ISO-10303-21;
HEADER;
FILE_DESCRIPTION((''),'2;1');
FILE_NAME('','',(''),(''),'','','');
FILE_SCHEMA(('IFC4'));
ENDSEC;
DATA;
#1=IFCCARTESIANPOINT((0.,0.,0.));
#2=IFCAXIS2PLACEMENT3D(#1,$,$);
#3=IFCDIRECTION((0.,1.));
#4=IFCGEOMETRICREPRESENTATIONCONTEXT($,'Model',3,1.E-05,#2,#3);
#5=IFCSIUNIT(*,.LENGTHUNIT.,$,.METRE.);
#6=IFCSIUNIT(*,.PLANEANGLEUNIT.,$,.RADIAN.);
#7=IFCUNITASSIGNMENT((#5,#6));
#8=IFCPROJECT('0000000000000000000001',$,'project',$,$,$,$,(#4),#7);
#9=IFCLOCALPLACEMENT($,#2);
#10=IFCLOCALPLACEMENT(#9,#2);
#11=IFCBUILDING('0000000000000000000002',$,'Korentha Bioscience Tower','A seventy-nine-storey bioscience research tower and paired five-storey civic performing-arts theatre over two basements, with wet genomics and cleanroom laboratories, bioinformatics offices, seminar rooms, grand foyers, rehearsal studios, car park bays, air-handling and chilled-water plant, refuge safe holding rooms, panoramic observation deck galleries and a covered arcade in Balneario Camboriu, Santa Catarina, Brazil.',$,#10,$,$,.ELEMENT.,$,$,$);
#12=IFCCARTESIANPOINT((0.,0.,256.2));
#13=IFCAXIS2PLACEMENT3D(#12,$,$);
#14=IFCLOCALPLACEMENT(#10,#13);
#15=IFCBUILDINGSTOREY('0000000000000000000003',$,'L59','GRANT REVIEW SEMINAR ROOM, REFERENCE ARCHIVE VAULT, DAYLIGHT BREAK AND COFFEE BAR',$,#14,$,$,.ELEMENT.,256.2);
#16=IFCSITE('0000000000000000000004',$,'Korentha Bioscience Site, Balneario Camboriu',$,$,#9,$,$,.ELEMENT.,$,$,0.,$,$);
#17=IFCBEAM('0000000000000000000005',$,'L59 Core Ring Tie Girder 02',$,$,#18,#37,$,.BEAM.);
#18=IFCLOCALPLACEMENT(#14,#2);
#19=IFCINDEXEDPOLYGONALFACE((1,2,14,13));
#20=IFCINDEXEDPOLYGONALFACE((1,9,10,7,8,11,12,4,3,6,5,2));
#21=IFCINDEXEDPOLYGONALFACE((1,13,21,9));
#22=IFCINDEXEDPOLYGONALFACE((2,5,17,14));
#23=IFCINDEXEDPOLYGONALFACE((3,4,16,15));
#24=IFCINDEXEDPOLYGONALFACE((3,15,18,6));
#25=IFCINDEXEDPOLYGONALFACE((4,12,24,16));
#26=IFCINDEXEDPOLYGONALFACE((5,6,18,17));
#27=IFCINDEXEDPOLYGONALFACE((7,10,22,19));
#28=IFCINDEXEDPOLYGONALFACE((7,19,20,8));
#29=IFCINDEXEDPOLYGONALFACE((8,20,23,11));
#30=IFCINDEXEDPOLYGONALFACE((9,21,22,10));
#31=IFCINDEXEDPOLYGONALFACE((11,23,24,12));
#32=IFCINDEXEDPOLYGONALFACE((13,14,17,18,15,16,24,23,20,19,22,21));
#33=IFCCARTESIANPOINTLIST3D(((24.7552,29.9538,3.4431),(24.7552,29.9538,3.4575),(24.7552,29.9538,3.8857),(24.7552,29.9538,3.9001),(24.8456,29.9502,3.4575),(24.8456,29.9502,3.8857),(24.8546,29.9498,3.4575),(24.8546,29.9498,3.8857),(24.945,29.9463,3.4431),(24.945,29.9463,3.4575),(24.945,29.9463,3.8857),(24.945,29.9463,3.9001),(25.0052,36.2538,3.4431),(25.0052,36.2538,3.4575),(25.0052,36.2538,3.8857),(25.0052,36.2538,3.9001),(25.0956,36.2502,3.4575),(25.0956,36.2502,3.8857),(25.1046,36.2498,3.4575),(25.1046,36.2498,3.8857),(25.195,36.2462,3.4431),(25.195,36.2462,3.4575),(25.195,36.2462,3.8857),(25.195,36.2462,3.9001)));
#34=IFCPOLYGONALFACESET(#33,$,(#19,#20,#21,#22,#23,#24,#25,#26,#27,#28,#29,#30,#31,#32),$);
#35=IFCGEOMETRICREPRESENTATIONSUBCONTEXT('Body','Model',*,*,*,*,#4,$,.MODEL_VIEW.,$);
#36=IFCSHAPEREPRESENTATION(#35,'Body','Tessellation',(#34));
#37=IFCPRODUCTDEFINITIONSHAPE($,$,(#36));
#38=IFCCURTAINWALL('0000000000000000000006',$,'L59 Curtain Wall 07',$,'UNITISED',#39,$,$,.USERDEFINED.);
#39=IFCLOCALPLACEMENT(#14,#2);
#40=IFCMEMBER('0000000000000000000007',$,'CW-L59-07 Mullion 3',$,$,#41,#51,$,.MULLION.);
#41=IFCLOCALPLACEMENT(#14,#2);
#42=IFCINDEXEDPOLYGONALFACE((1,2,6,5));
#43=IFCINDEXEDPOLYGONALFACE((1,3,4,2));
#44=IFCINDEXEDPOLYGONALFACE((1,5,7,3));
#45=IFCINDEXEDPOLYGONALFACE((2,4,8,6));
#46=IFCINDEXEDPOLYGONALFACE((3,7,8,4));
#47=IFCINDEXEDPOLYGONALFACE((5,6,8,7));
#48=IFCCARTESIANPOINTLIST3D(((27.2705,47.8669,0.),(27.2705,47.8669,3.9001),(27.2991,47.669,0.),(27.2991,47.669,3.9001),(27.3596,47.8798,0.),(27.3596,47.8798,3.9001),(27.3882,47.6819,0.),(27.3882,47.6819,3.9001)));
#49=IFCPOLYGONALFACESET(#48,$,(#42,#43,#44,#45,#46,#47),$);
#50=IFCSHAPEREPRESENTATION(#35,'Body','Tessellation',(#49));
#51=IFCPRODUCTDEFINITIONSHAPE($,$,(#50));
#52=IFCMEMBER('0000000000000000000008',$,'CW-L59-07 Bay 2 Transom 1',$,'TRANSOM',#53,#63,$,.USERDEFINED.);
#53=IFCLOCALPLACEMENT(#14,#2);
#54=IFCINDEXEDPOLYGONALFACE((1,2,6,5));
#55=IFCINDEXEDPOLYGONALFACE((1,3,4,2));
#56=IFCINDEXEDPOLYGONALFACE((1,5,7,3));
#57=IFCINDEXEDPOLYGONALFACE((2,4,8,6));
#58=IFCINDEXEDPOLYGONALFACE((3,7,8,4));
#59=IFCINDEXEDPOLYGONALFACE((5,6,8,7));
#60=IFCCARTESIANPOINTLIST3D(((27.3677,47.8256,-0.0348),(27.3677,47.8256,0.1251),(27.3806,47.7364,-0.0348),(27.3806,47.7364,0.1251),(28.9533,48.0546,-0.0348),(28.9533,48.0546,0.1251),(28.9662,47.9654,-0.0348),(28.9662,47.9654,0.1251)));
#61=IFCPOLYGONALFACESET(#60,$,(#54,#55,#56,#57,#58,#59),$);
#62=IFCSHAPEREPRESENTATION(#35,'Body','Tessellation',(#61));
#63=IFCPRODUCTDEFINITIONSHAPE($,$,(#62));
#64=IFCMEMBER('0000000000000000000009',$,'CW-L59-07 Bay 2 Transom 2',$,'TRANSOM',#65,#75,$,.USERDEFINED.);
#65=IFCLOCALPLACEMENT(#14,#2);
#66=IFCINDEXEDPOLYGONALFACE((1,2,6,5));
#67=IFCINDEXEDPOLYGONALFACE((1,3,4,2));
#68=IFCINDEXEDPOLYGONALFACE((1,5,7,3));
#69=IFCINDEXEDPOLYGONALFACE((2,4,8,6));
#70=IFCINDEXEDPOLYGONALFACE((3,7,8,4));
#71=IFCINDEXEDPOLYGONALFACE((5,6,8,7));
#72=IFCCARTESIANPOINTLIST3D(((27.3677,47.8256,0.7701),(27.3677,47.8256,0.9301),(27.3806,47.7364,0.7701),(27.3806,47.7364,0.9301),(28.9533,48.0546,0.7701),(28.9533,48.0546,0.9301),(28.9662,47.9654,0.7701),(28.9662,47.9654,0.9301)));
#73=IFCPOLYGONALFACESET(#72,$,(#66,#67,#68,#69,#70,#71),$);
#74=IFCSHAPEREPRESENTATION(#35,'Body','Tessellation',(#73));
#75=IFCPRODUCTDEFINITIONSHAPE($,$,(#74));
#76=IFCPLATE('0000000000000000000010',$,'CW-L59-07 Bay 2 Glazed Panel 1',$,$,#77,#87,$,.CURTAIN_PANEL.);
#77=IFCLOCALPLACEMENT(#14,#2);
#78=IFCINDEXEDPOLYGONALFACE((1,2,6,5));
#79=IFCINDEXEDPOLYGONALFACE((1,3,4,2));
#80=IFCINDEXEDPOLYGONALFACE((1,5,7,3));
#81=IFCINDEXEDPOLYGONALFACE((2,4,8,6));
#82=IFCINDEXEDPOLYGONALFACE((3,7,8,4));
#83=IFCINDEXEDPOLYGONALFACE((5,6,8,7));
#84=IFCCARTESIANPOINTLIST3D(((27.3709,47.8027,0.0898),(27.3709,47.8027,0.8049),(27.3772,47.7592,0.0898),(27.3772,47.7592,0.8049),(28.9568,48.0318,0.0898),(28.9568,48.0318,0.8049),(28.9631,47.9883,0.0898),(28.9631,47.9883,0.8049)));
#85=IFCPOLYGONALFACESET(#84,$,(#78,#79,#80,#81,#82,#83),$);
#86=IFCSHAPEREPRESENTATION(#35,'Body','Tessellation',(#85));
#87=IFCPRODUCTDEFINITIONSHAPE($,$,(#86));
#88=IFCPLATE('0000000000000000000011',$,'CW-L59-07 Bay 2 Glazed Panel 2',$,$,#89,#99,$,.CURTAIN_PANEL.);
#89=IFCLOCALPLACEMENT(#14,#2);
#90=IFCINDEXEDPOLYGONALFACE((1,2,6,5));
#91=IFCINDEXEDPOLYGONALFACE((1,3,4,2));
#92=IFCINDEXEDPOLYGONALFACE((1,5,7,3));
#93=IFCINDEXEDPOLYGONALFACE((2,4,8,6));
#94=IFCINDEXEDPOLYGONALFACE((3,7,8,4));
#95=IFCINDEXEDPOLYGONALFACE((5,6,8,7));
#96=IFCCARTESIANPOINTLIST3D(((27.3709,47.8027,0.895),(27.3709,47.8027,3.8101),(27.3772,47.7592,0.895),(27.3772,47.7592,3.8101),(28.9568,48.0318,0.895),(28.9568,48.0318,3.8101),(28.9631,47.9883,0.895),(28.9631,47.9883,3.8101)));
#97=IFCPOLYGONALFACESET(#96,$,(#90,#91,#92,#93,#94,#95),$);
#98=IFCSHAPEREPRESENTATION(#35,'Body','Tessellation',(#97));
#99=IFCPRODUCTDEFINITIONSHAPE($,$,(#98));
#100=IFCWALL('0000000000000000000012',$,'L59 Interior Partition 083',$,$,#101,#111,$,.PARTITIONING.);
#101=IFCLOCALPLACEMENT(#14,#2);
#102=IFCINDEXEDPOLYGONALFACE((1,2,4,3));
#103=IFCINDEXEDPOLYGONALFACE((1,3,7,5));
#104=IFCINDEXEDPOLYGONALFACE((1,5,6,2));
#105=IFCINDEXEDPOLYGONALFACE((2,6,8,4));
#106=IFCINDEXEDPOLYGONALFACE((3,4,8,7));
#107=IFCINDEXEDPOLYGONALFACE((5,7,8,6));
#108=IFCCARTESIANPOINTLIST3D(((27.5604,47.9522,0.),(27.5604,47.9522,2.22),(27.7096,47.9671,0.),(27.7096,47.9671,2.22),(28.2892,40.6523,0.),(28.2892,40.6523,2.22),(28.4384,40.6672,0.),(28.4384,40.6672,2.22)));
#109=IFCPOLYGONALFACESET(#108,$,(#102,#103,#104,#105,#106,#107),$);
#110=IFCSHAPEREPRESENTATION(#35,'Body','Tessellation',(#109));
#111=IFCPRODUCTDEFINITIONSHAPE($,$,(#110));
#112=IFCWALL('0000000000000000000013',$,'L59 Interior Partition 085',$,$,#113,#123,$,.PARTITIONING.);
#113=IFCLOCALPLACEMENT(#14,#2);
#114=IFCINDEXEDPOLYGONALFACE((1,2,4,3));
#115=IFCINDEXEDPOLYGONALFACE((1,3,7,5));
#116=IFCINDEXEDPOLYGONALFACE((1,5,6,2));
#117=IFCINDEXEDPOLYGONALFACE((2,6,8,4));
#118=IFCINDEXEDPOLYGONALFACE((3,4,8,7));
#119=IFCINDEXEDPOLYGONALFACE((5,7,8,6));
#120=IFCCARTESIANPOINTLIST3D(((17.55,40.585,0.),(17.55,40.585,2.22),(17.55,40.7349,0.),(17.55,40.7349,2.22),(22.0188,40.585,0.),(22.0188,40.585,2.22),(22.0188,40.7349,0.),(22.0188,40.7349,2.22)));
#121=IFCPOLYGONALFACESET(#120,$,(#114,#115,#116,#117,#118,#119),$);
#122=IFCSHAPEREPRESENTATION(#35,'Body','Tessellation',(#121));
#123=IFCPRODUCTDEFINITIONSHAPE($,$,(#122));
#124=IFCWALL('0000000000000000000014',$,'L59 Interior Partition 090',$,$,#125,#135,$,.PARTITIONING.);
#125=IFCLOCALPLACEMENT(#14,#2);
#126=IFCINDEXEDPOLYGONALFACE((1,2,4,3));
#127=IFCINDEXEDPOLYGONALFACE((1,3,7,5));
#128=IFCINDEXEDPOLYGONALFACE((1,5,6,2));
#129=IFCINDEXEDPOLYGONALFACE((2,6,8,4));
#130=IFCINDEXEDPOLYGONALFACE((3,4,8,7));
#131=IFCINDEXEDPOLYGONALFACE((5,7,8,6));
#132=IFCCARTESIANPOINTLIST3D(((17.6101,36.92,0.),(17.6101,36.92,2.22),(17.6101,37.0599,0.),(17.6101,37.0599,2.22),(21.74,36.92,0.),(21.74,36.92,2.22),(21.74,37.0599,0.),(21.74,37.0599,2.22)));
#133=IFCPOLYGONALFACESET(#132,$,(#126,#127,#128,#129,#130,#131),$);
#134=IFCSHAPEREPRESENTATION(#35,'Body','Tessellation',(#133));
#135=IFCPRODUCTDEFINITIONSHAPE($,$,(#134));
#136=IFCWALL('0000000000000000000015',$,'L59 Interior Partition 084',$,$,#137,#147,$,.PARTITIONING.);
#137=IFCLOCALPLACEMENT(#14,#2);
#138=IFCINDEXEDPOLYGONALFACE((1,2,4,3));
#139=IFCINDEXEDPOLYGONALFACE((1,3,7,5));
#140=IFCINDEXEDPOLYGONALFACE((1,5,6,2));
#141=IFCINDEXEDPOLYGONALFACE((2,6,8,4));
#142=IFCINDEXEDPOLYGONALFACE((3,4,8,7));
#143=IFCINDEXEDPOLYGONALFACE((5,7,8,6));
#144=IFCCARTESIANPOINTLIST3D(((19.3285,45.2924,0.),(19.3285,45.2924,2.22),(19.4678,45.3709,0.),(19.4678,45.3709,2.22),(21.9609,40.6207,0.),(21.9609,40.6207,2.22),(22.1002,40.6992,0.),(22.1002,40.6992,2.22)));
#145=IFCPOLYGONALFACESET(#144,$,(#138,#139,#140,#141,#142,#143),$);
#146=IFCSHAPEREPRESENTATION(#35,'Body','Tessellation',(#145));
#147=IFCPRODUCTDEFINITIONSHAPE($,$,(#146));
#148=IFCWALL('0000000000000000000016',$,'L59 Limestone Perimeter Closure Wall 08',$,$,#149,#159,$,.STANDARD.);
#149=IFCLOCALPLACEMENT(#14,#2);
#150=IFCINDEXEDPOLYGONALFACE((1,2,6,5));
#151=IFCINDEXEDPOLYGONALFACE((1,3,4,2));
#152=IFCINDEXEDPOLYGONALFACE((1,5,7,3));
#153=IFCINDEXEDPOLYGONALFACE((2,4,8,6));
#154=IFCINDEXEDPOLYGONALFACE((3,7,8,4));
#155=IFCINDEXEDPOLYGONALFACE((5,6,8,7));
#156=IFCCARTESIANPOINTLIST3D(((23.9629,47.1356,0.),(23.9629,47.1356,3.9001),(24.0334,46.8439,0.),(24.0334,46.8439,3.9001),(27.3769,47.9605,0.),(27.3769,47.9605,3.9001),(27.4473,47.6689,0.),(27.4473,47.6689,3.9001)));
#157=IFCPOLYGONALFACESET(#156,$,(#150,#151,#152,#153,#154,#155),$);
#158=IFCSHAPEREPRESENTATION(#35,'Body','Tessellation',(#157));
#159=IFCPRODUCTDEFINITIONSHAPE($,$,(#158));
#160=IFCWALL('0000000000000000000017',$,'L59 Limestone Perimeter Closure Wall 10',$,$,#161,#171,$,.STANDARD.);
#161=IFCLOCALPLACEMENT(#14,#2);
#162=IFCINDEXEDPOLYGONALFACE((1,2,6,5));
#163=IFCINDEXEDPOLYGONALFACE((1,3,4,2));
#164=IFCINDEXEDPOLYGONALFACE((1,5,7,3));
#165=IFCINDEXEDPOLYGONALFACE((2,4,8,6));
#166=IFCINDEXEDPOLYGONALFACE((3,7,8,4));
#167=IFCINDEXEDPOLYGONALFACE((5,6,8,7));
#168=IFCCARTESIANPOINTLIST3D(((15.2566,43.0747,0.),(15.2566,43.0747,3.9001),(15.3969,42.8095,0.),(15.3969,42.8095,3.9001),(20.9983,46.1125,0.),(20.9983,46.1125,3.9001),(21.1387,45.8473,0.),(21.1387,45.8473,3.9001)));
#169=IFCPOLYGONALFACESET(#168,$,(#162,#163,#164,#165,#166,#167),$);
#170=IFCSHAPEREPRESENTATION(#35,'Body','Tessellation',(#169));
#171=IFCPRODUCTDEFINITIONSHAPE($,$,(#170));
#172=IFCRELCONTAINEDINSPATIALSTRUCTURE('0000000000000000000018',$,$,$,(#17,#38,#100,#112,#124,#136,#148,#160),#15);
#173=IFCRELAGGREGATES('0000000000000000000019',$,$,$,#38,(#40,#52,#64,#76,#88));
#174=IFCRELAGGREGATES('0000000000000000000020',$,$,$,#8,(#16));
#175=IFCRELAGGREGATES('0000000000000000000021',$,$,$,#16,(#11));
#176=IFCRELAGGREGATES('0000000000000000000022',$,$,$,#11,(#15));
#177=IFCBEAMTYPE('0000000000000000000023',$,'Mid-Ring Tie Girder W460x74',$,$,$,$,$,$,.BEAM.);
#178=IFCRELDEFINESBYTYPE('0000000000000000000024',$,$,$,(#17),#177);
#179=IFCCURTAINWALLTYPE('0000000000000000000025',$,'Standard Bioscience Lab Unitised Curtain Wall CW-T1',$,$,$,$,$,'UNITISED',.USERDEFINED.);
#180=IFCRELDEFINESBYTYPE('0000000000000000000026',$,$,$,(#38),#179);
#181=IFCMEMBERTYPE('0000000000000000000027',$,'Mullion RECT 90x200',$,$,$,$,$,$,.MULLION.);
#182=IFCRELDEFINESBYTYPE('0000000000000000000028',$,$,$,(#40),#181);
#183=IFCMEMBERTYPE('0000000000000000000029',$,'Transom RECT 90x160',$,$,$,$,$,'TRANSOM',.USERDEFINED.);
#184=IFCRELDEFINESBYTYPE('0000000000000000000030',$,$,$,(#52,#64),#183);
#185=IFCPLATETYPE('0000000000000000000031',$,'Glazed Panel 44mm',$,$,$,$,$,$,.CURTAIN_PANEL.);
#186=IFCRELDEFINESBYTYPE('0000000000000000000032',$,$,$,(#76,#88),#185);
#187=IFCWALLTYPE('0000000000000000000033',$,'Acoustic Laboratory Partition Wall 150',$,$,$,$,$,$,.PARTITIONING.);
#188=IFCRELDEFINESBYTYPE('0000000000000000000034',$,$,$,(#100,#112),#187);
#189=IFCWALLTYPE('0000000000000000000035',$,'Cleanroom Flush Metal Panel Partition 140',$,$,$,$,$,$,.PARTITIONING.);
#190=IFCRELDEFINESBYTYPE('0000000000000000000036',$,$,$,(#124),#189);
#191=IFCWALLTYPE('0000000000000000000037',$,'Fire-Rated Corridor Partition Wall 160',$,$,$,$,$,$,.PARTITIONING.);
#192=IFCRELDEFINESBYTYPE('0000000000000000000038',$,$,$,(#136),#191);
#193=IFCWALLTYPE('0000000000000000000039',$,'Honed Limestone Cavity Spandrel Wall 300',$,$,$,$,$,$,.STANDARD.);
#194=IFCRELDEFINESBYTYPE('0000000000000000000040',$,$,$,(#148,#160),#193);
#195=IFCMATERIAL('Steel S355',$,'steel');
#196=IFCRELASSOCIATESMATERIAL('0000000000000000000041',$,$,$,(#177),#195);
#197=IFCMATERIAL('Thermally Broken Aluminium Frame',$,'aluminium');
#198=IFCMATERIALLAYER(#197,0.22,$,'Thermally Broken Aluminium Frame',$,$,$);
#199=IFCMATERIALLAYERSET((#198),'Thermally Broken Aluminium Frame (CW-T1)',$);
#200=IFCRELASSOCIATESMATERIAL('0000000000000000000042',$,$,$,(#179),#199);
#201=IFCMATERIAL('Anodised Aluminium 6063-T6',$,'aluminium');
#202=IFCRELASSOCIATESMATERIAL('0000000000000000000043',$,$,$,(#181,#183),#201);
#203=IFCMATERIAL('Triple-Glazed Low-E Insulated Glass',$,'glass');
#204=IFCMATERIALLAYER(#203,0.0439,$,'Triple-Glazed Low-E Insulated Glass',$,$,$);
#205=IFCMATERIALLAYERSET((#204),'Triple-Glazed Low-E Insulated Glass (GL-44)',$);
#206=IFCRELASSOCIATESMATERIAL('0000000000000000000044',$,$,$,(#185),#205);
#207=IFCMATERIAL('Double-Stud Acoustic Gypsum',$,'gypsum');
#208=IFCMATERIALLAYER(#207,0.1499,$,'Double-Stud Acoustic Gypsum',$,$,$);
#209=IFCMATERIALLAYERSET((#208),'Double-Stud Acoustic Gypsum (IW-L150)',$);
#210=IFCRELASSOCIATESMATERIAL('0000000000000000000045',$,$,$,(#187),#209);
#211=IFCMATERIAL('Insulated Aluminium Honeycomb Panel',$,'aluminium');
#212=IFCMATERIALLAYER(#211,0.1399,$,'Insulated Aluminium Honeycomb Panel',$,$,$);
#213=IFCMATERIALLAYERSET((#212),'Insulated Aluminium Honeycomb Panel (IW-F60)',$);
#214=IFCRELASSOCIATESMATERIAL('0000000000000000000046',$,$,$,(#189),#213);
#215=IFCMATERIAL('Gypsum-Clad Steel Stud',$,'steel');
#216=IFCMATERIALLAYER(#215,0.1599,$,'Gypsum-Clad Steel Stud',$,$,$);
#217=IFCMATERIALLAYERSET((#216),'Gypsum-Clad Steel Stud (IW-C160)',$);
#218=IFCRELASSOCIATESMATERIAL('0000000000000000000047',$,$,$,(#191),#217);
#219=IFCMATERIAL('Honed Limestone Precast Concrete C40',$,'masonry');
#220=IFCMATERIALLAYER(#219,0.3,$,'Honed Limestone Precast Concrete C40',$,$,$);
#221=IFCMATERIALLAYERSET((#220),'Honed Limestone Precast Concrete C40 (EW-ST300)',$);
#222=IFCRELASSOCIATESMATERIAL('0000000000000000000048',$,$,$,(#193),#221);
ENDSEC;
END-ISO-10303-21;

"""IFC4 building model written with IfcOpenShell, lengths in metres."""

from ifc_helpers import new_model, si_unit, direction, frame, frame_2d, origin, origin_2d, place, context, subcontext, project, spatial, rectangle, i_section, extrude, material, layer, layer_set, material_profile, profile_set, type_object, element, aggregate, save


model = new_model("IFC4")

# Units and contexts
model_context = context("Model", 3, precision=1e-05, world=origin(), true_north=direction((0.0, 1.0)))
body_context = subcontext(model_context, "Body", "Model", "MODEL_VIEW")
ifc_project = project(units=[si_unit("LENGTHUNIT", "METRE"), si_unit("PLANEANGLEUNIT", "RADIAN")], contexts=[model_context])

# Site, building, storey
site_placement = place(None, origin())
site = spatial("IfcSite", under=ifc_project, at=site_placement, Name="Korentha Bioscience Site, Balneario Camboriu", CompositionType="ELEMENT", RefElevation=0.0)
building_placement = place(site_placement, origin())
building = spatial("IfcBuilding", under=site, at=building_placement, Name="Korentha Bioscience Tower", Description="A seventy-nine-storey bioscience research tower and paired five-storey civic performing-arts theatre over two basements, with wet genomics and cleanroom laboratories, bioinformatics offices, seminar rooms, grand foyers, rehearsal studios, car park bays, air-handling and chilled-water plant, refuge safe holding rooms, panoramic observation deck galleries and a covered arcade in Balneario Camboriu, Santa Catarina, Brazil.", CompositionType="ELEMENT")
storey_placement = place(building_placement, frame((0.0, 0.0, 256.2)))
storey = spatial("IfcBuildingStorey", under=building, at=storey_placement, Name="L59", Description="GRANT REVIEW SEMINAR ROOM, REFERENCE ARCHIVE VAULT, DAYLIGHT BREAK AND COFFEE BAR", CompositionType="ELEMENT", Elevation=256.2)

# Beam
ifc_material_1 = material(Name="Steel S355", Category="steel")
ifc_material_profile_1 = material_profile(ifc_material_1, i_section(OverallWidth=0.1899, OverallDepth=0.457, WebThickness=0.009, FlangeThickness=0.0144, at=origin_2d()), Name="Steel S355")
ifc_profile_set_1 = profile_set([ifc_material_profile_1], Name="Steel S355 (MB-460)")
beam_type_1 = type_object("IfcBeamType", Name="Mid-Ring Tie Girder W460x74", PredefinedType="BEAM", material=ifc_profile_set_1)
beam_1_placement = place(storey_placement, frame((25.1001, 36.25, 3.6716), z_axis=(-0.039651, -0.999214, 0.0), x_axis=(0.999214, -0.039651, 0.0)))
element("IfcBeam", 1, at=beam_1_placement, inside=storey, type_object=beam_type_1, Name="L59 Core Ring Tie Girder 02", PredefinedType="BEAM", context=body_context, shape_type="SweptSolid", body=[
    extrude(i_section(OverallWidth=0.1899, OverallDepth=0.457, WebThickness=0.009, FlangeThickness=0.0144, at=origin_2d()), origin(), (0.0, 0.0, 1.0), 6.3049),
])

# Curtain wall, members, plates
ifc_material_2 = material(Name="Thermally Broken Aluminium Frame", Category="aluminium")
ifc_layer_1 = layer(ifc_material_2, 0.22, Name="Thermally Broken Aluminium Frame")
ifc_layer_set_1 = layer_set([ifc_layer_1], Name="Thermally Broken Aluminium Frame (CW-T1)")
curtain_wall_type = type_object("IfcCurtainWallType", Name="Standard Bioscience Lab Unitised Curtain Wall CW-T1", ElementType="UNITISED", PredefinedType="USERDEFINED", material=ifc_layer_set_1)
curtain_wall_placement = place(storey_placement, origin())
curtain_wall = element("IfcCurtainWall", 2, at=curtain_wall_placement, inside=storey, type_object=curtain_wall_type, Name="L59 Curtain Wall 07", ObjectType="UNITISED", PredefinedType="USERDEFINED")
ifc_material_3 = material(Name="Anodised Aluminium 6063-T6", Category="aluminium")
ifc_material_profile_2 = material_profile(ifc_material_3, rectangle(XDim=0.0901, YDim=0.2, at=origin_2d()), Name="Anodised Aluminium 6063-T6")
ifc_profile_set_2 = profile_set([ifc_material_profile_2], Name="Anodised Aluminium 6063-T6 (CW-MUL)")
member_type_1 = type_object("IfcMemberType", Name="Mullion RECT 90x200", PredefinedType="MULLION", material=ifc_profile_set_2)
member_1_placement = place(storey_placement, frame((27.3293, 47.7744, 0.0), z_axis=(0.0, 0.0, 1.0), x_axis=(-0.989729, -0.142956, 0.0)))
member_1 = element("IfcMember", 3, at=member_1_placement, type_object=member_type_1, Name="CW-L59-07 Mullion 3", PredefinedType="MULLION", context=body_context, shape_type="SweptSolid", body=[
    extrude(rectangle(XDim=0.0901, YDim=0.2, at=origin_2d()), origin(), (0.0, 0.0, 1.0), 3.9001),
])
ifc_material_profile_3 = material_profile(ifc_material_3, rectangle(XDim=0.0901, YDim=0.1599, at=origin_2d()), Name="Anodised Aluminium 6063-T6")
ifc_profile_set_3 = profile_set([ifc_material_profile_3], Name="Anodised Aluminium 6063-T6 (CW-TRN)")
member_type_2 = type_object("IfcMemberType", Name="Transom RECT 90x160", ElementType="TRANSOM", PredefinedType="USERDEFINED", material=ifc_profile_set_3)
member_2_placement = place(storey_placement, frame((28.9597, 48.01, 0.0452), z_axis=(-0.989732, -0.142936, 0.0), x_axis=(0.142936, -0.989732, 0.0)))
member_2 = element("IfcMember", 4, at=member_2_placement, type_object=member_type_2, Name="CW-L59-07 Bay 2 Transom 1", ObjectType="TRANSOM", PredefinedType="USERDEFINED", context=body_context, shape_type="SweptSolid", body=[
    extrude(rectangle(XDim=0.0901, YDim=0.1599, at=origin_2d()), origin(), (0.0, 0.0, 1.0), 1.6021),
])
member_3_placement = place(storey_placement, frame((28.9597, 48.01, 0.8501), z_axis=(-0.989732, -0.142936, 0.0), x_axis=(0.142936, -0.989732, 0.0)))
member_3 = element("IfcMember", 5, at=member_3_placement, type_object=member_type_2, Name="CW-L59-07 Bay 2 Transom 2", ObjectType="TRANSOM", PredefinedType="USERDEFINED", context=body_context, shape_type="SweptSolid", body=[
    extrude(rectangle(XDim=0.0901, YDim=0.1599, at=origin_2d()), origin(), (0.0, 0.0, 1.0), 1.6021),
])
ifc_material_4 = material(Name="Triple-Glazed Low-E Insulated Glass", Category="glass")
ifc_layer_2 = layer(ifc_material_4, 0.0439, Name="Triple-Glazed Low-E Insulated Glass")
ifc_layer_set_2 = layer_set([ifc_layer_2], Name="Triple-Glazed Low-E Insulated Glass (GL-44)")
plate_type = type_object("IfcPlateType", Name="Glazed Panel 44mm", PredefinedType="CURTAIN_PANEL", material=ifc_layer_set_2)
plate_1_placement = place(storey_placement, frame((28.167, 47.8955, 0.0898), z_axis=(0.0, 0.0, 1.0), x_axis=(-0.989729, -0.142956, 0.0)))
plate_1 = element("IfcPlate", 6, at=plate_1_placement, type_object=plate_type, Name="CW-L59-07 Bay 2 Glazed Panel 1", PredefinedType="CURTAIN_PANEL", context=body_context, shape_type="SweptSolid", body=[
    extrude(rectangle(XDim=1.6023, YDim=0.0439, at=origin_2d()), origin(), (0.0, 0.0, 1.0), 0.7151),
])
plate_2_placement = place(storey_placement, frame((28.167, 47.8955, 0.895), z_axis=(0.0, 0.0, 1.0), x_axis=(-0.989729, -0.142956, 0.0)))
plate_2 = element("IfcPlate", 7, at=plate_2_placement, type_object=plate_type, Name="CW-L59-07 Bay 2 Glazed Panel 2", PredefinedType="CURTAIN_PANEL", context=body_context, shape_type="SweptSolid", body=[
    extrude(rectangle(XDim=1.6023, YDim=0.0439, at=origin_2d()), origin(), (0.0, 0.0, 1.0), 2.915),
])
aggregate(curtain_wall, [member_1, member_2, member_3, plate_1, plate_2])

# Walls
ifc_material_5 = material(Name="Double-Stud Acoustic Gypsum", Category="gypsum")
ifc_layer_3 = layer(ifc_material_5, 0.1499, Name="Double-Stud Acoustic Gypsum")
ifc_layer_set_3 = layer_set([ifc_layer_3], Name="Double-Stud Acoustic Gypsum (IW-L150)")
wall_type_1 = type_object("IfcWallType", Name="Acoustic Laboratory Partition Wall 150", PredefinedType="PARTITIONING", material=ifc_layer_set_3)
wall_1_placement = place(storey_placement, frame((28.3638, 40.6599, 0.0), z_axis=(0.0, 0.0, 1.0), x_axis=(-0.099339, 0.995054, 0.0)))
element("IfcWall", 8, at=wall_1_placement, inside=storey, type_object=wall_type_1, Name="L59 Interior Partition 083", PredefinedType="PARTITIONING", context=body_context, shape_type="SweptSolid", body=[
    extrude(rectangle(XDim=7.3362, YDim=0.1499, at=frame_2d((3.668, 0.0))), origin(), (0.0, 0.0, 1.0), 2.22),
])
wall_2_placement = place(storey_placement, frame((22.0188, 40.6599, 0.0), z_axis=(0.0, 0.0, 1.0), x_axis=(-1.0, 0.0, 0.0)))
element("IfcWall", 9, at=wall_2_placement, inside=storey, type_object=wall_type_1, Name="L59 Interior Partition 085", PredefinedType="PARTITIONING", context=body_context, shape_type="SweptSolid", body=[
    extrude(rectangle(XDim=4.4688, YDim=0.1499, at=frame_2d((2.2344, 0.0))), origin(), (0.0, 0.0, 1.0), 2.22),
])

# Shared definitions
ifc_material_6 = material(Name="Insulated Aluminium Honeycomb Panel", Category="aluminium")
ifc_layer_4 = layer(ifc_material_6, 0.1399, Name="Insulated Aluminium Honeycomb Panel")
ifc_layer_set_4 = layer_set([ifc_layer_4], Name="Insulated Aluminium Honeycomb Panel (IW-F60)")
wall_type_2 = type_object("IfcWallType", Name="Cleanroom Flush Metal Panel Partition 140", PredefinedType="PARTITIONING", material=ifc_layer_set_4)

# Wall
wall_3_placement = place(storey_placement, frame((17.6101, 36.99, 0.0), z_axis=(0.0, 0.0, 1.0), x_axis=(1.0, 0.0, 0.0)))
element("IfcWall", 10, at=wall_3_placement, inside=storey, type_object=wall_type_2, Name="L59 Interior Partition 090", PredefinedType="PARTITIONING", context=body_context, shape_type="SweptSolid", body=[
    extrude(rectangle(XDim=4.1299, YDim=0.1399, at=frame_2d((2.0649, 0.0))), origin(), (0.0, 0.0, 1.0), 2.22),
])

# Shared definitions
ifc_material_7 = material(Name="Gypsum-Clad Steel Stud", Category="steel")
ifc_layer_5 = layer(ifc_material_7, 0.1599, Name="Gypsum-Clad Steel Stud")
ifc_layer_set_5 = layer_set([ifc_layer_5], Name="Gypsum-Clad Steel Stud (IW-C160)")
wall_type_3 = type_object("IfcWallType", Name="Fire-Rated Corridor Partition Wall 160", PredefinedType="PARTITIONING", material=ifc_layer_set_5)

# Wall
wall_4_placement = place(storey_placement, frame((22.0305, 40.6599, 0.0), z_axis=(0.0, 0.0, 1.0), x_axis=(-0.490903, 0.871214, 0.0)))
element("IfcWall", 11, at=wall_4_placement, inside=storey, type_object=wall_type_3, Name="L59 Interior Partition 084", PredefinedType="PARTITIONING", context=body_context, shape_type="SweptSolid", body=[
    extrude(rectangle(XDim=5.3623, YDim=0.1599, at=frame_2d((2.6812, 0.0))), origin(), (0.0, 0.0, 1.0), 2.22),
])

# Shared definitions
ifc_material_8 = material(Name="Honed Limestone Precast Concrete C40", Category="masonry")
ifc_layer_6 = layer(ifc_material_8, 0.3, Name="Honed Limestone Precast Concrete C40")
ifc_layer_set_6 = layer_set([ifc_layer_6], Name="Honed Limestone Precast Concrete C40 (EW-ST300)")
wall_type_4 = type_object("IfcWallType", Name="Honed Limestone Cavity Spandrel Wall 300", PredefinedType="STANDARD", material=ifc_layer_set_6)

# Walls
wall_5_placement = place(storey_placement, frame((27.4121, 47.8147, 0.0), z_axis=(0.0, 0.0, 1.0), x_axis=(-0.972026, -0.234874, 0.0)))
element("IfcWall", 12, at=wall_5_placement, inside=storey, type_object=wall_type_4, Name="L59 Limestone Perimeter Closure Wall 08", PredefinedType="STANDARD", context=body_context, shape_type="SweptSolid", body=[
    extrude(rectangle(XDim=3.5122, YDim=0.3, at=frame_2d((1.7561, 0.0))), origin(), (0.0, 0.0, 1.0), 3.9001),
])
wall_6_placement = place(storey_placement, frame((21.0686, 45.98, 0.0), z_axis=(0.0, 0.0, 1.0), x_axis=(-0.883908, -0.467661, 0.0)))
element("IfcWall", 13, at=wall_6_placement, inside=storey, type_object=wall_type_4, Name="L59 Limestone Perimeter Closure Wall 10", PredefinedType="STANDARD", context=body_context, shape_type="SweptSolid", body=[
    extrude(rectangle(XDim=6.4958, YDim=0.3, at=frame_2d((3.248, 0.0))), origin(), (0.0, 0.0, 1.0), 3.9001),
])

save(model, "model.ifc")
